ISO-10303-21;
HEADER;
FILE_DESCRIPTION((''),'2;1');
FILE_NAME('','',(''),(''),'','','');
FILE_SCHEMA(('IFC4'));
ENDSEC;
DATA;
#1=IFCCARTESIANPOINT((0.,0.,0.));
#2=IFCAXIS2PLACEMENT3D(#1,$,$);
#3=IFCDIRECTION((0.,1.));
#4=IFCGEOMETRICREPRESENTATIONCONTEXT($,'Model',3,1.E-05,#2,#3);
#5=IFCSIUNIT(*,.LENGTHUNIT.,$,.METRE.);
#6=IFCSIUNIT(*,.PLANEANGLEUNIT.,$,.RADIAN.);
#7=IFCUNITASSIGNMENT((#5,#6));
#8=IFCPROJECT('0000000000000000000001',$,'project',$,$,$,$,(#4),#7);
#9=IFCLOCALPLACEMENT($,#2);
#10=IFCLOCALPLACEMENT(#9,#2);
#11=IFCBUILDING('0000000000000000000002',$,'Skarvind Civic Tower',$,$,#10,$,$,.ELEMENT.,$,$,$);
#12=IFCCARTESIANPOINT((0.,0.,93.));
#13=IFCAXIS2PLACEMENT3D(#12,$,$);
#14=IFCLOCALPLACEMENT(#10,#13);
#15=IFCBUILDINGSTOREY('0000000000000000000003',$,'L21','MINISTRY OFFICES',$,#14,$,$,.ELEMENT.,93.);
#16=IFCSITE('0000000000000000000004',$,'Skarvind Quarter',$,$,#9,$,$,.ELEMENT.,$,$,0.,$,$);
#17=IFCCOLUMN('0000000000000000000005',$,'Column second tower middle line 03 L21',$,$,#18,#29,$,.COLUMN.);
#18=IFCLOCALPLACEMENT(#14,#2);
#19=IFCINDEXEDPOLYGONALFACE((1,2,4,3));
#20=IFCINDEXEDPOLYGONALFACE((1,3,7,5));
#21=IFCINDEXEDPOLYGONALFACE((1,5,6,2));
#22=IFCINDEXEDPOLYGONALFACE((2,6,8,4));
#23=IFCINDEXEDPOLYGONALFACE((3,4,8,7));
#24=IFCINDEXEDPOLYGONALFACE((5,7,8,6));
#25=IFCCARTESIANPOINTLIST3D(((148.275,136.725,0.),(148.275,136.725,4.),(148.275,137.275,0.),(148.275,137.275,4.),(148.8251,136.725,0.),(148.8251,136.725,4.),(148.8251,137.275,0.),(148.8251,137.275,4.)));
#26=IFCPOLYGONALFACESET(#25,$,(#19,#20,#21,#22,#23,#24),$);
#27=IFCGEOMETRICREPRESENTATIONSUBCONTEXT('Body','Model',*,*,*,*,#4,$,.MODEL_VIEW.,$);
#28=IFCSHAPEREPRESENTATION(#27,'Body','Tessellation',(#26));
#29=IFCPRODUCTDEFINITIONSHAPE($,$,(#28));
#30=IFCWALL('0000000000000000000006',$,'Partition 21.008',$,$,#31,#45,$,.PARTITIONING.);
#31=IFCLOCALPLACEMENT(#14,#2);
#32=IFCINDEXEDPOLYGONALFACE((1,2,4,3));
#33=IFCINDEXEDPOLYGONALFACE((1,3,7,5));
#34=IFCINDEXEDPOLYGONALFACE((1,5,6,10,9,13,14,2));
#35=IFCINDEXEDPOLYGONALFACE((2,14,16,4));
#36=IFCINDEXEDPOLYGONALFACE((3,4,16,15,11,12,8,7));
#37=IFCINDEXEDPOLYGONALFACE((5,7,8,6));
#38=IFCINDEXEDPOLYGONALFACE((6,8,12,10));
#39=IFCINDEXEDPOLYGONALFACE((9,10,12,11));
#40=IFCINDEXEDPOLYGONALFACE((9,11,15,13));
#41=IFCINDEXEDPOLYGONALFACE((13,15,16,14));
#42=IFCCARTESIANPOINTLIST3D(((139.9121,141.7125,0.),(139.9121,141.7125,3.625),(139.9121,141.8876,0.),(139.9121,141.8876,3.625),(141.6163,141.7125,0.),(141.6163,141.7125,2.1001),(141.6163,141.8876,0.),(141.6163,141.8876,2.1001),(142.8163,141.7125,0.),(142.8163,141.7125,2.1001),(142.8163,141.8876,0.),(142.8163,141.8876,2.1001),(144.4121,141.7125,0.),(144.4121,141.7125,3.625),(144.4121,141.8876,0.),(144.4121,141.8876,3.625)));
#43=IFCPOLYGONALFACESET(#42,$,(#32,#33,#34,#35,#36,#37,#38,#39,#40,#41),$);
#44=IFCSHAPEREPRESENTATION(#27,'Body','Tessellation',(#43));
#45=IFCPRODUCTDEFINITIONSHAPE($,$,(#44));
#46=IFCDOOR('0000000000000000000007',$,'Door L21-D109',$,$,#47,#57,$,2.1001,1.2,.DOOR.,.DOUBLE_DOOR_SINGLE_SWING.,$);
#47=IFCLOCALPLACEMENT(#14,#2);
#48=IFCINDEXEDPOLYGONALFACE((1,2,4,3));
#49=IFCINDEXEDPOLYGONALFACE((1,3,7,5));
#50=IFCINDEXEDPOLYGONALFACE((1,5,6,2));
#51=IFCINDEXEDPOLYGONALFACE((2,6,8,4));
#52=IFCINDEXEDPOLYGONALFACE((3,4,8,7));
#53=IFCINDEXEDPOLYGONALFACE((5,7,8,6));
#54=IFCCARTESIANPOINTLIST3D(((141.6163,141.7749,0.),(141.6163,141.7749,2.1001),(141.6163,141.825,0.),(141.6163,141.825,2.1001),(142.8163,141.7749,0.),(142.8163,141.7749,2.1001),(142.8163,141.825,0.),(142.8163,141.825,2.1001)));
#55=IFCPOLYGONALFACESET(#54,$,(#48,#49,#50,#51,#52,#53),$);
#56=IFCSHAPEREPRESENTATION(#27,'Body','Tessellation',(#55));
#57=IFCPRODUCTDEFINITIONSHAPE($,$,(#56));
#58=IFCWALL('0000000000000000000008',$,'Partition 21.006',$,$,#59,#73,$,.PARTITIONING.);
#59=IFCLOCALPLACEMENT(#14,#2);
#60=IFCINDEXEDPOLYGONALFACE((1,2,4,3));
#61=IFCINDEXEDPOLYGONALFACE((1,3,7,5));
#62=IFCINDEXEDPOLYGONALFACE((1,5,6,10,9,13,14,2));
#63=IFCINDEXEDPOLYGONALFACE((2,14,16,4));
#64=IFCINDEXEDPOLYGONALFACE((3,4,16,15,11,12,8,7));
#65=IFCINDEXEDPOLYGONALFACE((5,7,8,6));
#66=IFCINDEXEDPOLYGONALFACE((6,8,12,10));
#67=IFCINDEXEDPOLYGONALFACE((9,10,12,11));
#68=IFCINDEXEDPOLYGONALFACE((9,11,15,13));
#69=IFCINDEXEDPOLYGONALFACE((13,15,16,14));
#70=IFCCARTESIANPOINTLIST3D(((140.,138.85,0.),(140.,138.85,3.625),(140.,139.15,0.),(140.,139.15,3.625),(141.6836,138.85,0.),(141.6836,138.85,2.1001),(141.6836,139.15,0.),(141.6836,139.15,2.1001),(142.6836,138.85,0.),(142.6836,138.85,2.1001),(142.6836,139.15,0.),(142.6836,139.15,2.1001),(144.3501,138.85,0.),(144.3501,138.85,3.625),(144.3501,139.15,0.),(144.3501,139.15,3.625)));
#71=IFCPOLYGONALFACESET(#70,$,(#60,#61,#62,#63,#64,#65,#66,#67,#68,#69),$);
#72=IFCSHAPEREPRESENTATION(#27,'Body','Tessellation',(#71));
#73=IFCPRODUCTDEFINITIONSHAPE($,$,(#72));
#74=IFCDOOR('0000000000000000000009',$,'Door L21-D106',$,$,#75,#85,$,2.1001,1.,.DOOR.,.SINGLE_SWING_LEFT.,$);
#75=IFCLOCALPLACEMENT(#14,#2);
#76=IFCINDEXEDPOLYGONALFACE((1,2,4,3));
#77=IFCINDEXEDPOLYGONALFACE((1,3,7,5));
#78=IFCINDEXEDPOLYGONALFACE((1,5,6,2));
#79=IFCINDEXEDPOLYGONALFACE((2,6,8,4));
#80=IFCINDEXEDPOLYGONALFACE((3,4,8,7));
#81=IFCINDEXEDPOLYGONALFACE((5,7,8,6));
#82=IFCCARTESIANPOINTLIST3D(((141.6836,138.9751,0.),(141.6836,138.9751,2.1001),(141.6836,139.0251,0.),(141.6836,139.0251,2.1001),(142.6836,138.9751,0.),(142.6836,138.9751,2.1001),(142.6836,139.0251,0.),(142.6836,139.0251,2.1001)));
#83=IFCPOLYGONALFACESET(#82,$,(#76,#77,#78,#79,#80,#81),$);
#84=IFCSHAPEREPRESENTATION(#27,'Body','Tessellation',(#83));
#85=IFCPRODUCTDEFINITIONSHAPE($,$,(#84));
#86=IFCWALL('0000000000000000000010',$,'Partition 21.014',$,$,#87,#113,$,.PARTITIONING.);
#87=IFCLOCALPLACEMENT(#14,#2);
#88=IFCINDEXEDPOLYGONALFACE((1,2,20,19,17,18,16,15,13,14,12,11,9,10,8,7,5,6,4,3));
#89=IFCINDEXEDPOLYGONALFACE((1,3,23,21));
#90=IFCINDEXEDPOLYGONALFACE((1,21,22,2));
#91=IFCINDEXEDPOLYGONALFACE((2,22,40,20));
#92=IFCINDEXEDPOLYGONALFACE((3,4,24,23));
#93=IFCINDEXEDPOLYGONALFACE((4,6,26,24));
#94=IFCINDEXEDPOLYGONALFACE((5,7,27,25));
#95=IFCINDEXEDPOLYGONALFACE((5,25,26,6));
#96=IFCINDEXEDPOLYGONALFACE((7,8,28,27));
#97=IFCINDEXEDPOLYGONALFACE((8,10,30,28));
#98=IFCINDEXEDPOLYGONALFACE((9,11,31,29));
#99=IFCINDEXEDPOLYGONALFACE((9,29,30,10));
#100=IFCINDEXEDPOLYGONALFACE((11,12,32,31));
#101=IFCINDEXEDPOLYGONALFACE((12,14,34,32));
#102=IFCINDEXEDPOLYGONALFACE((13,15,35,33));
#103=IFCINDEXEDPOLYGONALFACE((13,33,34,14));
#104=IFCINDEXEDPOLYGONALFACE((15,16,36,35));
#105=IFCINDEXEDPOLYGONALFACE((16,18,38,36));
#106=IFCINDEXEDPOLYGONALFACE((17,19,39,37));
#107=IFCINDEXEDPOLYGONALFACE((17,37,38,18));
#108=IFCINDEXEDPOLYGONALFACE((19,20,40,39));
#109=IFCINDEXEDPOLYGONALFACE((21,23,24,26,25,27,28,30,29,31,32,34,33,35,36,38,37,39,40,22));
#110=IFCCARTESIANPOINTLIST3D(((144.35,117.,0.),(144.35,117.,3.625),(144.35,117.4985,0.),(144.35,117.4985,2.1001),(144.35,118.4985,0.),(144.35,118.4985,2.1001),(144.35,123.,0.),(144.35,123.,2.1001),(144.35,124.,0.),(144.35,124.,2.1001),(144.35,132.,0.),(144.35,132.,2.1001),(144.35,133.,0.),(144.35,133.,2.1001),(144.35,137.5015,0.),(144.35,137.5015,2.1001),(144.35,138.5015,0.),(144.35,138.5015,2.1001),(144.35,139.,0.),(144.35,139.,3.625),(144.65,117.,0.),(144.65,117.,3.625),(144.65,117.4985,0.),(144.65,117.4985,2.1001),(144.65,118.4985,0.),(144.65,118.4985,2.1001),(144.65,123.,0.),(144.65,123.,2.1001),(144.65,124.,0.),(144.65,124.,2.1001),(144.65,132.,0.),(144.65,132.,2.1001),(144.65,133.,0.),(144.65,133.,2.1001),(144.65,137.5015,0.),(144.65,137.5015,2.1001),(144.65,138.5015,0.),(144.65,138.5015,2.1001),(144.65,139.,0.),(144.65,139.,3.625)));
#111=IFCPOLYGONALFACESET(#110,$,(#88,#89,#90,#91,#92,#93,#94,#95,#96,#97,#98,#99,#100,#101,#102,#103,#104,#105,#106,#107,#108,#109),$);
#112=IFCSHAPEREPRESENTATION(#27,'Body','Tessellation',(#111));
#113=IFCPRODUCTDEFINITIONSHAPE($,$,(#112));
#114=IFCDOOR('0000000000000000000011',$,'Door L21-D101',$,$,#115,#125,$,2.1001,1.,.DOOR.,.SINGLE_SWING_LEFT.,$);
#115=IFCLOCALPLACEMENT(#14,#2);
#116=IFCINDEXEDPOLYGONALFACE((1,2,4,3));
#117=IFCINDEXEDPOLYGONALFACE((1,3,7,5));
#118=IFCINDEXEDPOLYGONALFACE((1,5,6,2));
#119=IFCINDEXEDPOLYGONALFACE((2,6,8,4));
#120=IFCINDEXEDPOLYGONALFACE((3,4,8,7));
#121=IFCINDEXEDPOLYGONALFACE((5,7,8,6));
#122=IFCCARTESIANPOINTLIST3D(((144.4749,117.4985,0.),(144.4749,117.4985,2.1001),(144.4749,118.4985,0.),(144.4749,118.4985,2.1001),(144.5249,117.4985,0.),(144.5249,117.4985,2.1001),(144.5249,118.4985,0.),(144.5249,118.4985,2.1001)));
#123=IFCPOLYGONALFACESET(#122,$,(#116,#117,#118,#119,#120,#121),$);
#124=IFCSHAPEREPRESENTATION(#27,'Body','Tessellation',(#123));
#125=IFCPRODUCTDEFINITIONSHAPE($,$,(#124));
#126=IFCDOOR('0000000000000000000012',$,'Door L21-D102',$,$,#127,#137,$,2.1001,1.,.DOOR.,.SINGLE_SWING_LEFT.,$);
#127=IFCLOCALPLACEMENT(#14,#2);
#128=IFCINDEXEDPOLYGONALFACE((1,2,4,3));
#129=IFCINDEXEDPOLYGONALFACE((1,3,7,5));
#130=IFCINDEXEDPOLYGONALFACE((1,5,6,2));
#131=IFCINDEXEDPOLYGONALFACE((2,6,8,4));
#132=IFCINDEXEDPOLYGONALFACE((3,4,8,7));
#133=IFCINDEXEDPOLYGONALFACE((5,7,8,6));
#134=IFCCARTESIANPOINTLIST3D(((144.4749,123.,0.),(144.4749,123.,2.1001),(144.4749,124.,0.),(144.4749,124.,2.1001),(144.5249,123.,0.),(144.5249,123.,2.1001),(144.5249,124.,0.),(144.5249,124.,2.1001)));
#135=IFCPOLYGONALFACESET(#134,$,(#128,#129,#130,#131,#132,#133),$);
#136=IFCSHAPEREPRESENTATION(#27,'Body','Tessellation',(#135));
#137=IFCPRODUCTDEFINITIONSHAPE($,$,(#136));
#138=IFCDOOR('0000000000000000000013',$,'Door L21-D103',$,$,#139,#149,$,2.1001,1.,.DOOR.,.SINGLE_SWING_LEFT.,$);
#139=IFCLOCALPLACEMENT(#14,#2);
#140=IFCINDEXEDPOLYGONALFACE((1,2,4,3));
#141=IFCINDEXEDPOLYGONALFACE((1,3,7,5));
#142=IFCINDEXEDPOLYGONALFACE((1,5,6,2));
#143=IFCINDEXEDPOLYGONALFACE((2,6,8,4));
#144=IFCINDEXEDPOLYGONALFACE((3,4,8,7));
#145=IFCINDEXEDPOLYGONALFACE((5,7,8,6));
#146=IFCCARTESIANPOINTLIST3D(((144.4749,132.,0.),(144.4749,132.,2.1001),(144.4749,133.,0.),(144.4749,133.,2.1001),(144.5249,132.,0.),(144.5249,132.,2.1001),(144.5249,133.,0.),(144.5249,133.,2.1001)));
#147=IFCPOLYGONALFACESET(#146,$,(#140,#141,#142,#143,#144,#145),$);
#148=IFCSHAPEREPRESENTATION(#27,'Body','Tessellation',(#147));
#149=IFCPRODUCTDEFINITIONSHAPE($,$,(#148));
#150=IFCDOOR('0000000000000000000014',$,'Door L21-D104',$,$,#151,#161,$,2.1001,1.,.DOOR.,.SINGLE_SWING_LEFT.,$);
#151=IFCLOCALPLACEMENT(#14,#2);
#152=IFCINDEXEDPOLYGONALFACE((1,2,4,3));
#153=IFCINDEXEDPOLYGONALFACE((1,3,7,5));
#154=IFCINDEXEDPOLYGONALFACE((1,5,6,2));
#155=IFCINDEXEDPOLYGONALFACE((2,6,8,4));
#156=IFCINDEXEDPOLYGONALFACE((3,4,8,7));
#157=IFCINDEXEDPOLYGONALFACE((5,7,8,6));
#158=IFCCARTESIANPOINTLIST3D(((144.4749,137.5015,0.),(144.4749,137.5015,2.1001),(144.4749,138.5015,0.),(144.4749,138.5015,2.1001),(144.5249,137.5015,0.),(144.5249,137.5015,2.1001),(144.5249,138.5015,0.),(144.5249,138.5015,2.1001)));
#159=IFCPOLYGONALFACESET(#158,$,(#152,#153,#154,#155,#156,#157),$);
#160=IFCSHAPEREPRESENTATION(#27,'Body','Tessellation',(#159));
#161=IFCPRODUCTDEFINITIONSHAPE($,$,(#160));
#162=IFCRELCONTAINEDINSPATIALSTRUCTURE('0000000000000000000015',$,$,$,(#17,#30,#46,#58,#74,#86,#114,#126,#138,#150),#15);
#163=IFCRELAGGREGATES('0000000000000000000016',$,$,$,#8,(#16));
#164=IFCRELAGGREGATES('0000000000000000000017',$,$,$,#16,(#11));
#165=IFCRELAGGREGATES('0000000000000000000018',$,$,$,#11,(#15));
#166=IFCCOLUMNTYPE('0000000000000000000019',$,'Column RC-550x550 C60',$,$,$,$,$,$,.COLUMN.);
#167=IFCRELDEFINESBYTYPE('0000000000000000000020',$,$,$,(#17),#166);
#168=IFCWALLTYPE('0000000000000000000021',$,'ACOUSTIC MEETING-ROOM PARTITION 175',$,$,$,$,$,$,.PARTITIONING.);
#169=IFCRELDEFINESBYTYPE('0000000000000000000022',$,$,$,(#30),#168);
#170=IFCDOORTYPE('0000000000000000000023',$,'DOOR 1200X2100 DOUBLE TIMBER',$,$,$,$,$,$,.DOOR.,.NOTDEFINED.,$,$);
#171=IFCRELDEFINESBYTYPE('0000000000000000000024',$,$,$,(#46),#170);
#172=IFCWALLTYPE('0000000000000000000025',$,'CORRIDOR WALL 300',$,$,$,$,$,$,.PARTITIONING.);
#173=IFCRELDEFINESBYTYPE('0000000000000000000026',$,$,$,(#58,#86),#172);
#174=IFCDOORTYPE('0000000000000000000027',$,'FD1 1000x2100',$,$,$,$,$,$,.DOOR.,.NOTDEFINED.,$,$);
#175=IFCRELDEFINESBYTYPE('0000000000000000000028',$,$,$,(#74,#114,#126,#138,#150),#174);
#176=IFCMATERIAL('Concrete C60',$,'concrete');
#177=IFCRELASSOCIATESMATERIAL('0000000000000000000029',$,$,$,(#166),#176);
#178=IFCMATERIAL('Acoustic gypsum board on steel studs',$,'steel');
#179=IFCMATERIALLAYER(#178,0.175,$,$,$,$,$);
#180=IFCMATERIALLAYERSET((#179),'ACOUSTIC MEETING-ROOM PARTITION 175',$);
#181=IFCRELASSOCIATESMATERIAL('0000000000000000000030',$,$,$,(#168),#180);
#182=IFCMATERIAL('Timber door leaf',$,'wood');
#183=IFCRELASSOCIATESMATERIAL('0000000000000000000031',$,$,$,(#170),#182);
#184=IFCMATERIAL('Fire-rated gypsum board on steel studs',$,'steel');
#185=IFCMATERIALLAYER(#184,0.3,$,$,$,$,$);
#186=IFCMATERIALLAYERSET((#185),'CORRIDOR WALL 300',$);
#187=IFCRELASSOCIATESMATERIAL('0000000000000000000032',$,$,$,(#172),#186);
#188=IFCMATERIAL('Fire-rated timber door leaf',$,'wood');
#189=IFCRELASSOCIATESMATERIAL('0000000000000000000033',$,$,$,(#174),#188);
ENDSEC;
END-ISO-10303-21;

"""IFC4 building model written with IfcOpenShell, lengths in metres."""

from ifc_helpers import new_model, si_unit, direction, frame, frame_2d, origin, origin_2d, place, context, subcontext, project, spatial, rectangle, extrude, material, layer, layer_set, material_profile, profile_set, type_object, element, fill, save


model = new_model("IFC4")

# Units and contexts
model_context = context("Model", 3, precision=1e-05, world=origin(), true_north=direction((0.0, 1.0)))
body_context = subcontext(model_context, "Body", "Model", "MODEL_VIEW")
ifc_project = project(units=[si_unit("LENGTHUNIT", "METRE"), si_unit("PLANEANGLEUNIT", "RADIAN")], contexts=[model_context])

# Site, building, storey
site_placement = place(None, origin())
site = spatial("IfcSite", under=ifc_project, at=site_placement, Name="Skarvind Quarter", CompositionType="ELEMENT", RefElevation=0.0)
building_placement = place(site_placement, origin())
building = spatial("IfcBuilding", under=site, at=building_placement, Name="Skarvind Civic Tower", CompositionType="ELEMENT")
storey_placement = place(building_placement, frame((0.0, 0.0, 93.0)))
storey = spatial("IfcBuildingStorey", under=building, at=storey_placement, Name="L21", Description="MINISTRY OFFICES", CompositionType="ELEMENT", Elevation=93.0)

# Column
ifc_material_1 = material(Name="Concrete C60", Category="concrete")
ifc_material_profile = material_profile(ifc_material_1, rectangle(XDim=0.55, YDim=0.55, at=origin_2d()), Name="RC-550x550")
ifc_profile_set = profile_set([ifc_material_profile], Name="Concrete C60")
column_type = type_object("IfcColumnType", Name="Column RC-550x550 C60", PredefinedType="COLUMN", material=ifc_profile_set)
column_placement = place(storey_placement, frame((148.55, 137.0, 0.0), z_axis=(0.0, 0.0, 1.0), x_axis=(1.0, 0.0, 0.0)))
element("IfcColumn", 1, at=column_placement, inside=storey, type_object=column_type, Name="Column second tower middle line 03 L21", PredefinedType="COLUMN", context=body_context, shape_type="SweptSolid", body=[
    extrude(rectangle(XDim=0.55, YDim=0.55, at=origin_2d()), origin(), (0.0, 0.0, 1.0), 4.0),
])

# Walls, openings, doors
ifc_material_2 = material(Name="Acoustic gypsum board on steel studs", Category="steel")
ifc_layer_1 = layer(ifc_material_2, 0.175)
ifc_layer_set_1 = layer_set([ifc_layer_1], Name="ACOUSTIC MEETING-ROOM PARTITION 175")
wall_type_1 = type_object("IfcWallType", Name="ACOUSTIC MEETING-ROOM PARTITION 175", PredefinedType="PARTITIONING", material=ifc_layer_set_1)
wall_1_placement = place(storey_placement, frame((139.9121, 141.8, 0.0), z_axis=(0.0, 0.0, 1.0), x_axis=(1.0, 0.0, 0.0)))
wall_1 = element("IfcWall", 2, at=wall_1_placement, inside=storey, type_object=wall_type_1, Name="Partition 21.008", PredefinedType="PARTITIONING", context=body_context, shape_type="SweptSolid", body=[
    extrude(rectangle(XDim=4.5, YDim=0.175, at=frame_2d((2.25, 0.0))), origin(), (0.0, 0.0, 1.0), 3.625),
])
opening_1_placement = place(wall_1_placement, frame((1.7041, 0.0, 0.0)))
opening_1 = element("IfcOpeningElement", 3, at=opening_1_placement, cuts=wall_1, PredefinedType="OPENING", context=body_context, shape_type="SweptSolid", body=[
    extrude(rectangle(XDim=1.2, YDim=2.1001, at=frame_2d((0.6001, 1.05))), frame((0.0, 0.0974, 0.0), z_axis=(0.0, -1.0, 0.0), x_axis=(1.0, 0.0, 0.0)), (0.0, 0.0, 1.0), 0.1951),
])
ifc_material_3 = material(Name="Timber door leaf", Category="wood")
door_type_1 = type_object("IfcDoorType", Name="DOOR 1200X2100 DOUBLE TIMBER", OperationType="NOTDEFINED", PredefinedType="DOOR", material=ifc_material_3)
door_1_placement = place(opening_1_placement, origin())
door_1 = element("IfcDoor", 4, at=door_1_placement, inside=storey, type_object=door_type_1, Name="Door L21-D109", OperationType="DOUBLE_DOOR_SINGLE_SWING", OverallHeight=2.1001, OverallWidth=1.2, PredefinedType="DOOR", context=body_context, shape_type="SweptSolid", body=[
    extrude(rectangle(XDim=1.2, YDim=2.1001, at=frame_2d((0.6001, 1.05))), frame((0.0, 0.0249, 0.0), z_axis=(0.0, -1.0, 0.0), x_axis=(1.0, 0.0, 0.0)), (0.0, 0.0, 1.0), 0.05),
])
fill(opening_1, door_1)
ifc_material_4 = material(Name="Fire-rated gypsum board on steel studs", Category="steel")
ifc_layer_2 = layer(ifc_material_4, 0.3)
ifc_layer_set_2 = layer_set([ifc_layer_2], Name="CORRIDOR WALL 300")
wall_type_2 = type_object("IfcWallType", Name="CORRIDOR WALL 300", PredefinedType="PARTITIONING", material=ifc_layer_set_2)
wall_2_placement = place(storey_placement, frame((144.3501, 139.0, 0.0), z_axis=(0.0, 0.0, 1.0), x_axis=(-1.0, 0.0, 0.0)))
wall_2 = element("IfcWall", 5, at=wall_2_placement, inside=storey, type_object=wall_type_2, Name="Partition 21.006", PredefinedType="PARTITIONING", context=body_context, shape_type="SweptSolid", body=[
    extrude(rectangle(XDim=4.3501, YDim=0.3, at=frame_2d((2.175, 0.0))), origin(), (0.0, 0.0, 1.0), 3.625),
])
opening_2_placement = place(wall_2_placement, frame((1.6665, 0.0, 0.0)))
opening_2 = element("IfcOpeningElement", 6, at=opening_2_placement, cuts=wall_2, PredefinedType="OPENING", context=body_context, shape_type="SweptSolid", body=[
    extrude(rectangle(XDim=1.0, YDim=2.1001, at=frame_2d((0.5, 1.05))), frame((0.0, 0.1599, 0.0), z_axis=(0.0, -1.0, 0.0), x_axis=(1.0, 0.0, 0.0)), (0.0, 0.0, 1.0), 0.3201),
])
ifc_material_5 = material(Name="Fire-rated timber door leaf", Category="wood")
door_type_2 = type_object("IfcDoorType", Name="FD1 1000x2100", OperationType="NOTDEFINED", PredefinedType="DOOR", material=ifc_material_5)
door_2_placement = place(opening_2_placement, origin())
door_2 = element("IfcDoor", 7, at=door_2_placement, inside=storey, type_object=door_type_2, Name="Door L21-D106", OperationType="SINGLE_SWING_LEFT", OverallHeight=2.1001, OverallWidth=1.0, PredefinedType="DOOR", context=body_context, shape_type="SweptSolid", body=[
    extrude(rectangle(XDim=1.0, YDim=2.1001, at=frame_2d((0.5, 1.05))), frame((0.0, 0.0249, 0.0), z_axis=(0.0, -1.0, 0.0), x_axis=(1.0, 0.0, 0.0)), (0.0, 0.0, 1.0), 0.05),
])
fill(opening_2, door_2)

# Wall, openings, doors
wall_3_placement = place(storey_placement, frame((144.5, 139.0, 0.0), z_axis=(0.0, 0.0, 1.0), x_axis=(0.0, -1.0, 0.0)))
wall_3 = element("IfcWall", 8, at=wall_3_placement, inside=storey, type_object=wall_type_2, Name="Partition 21.014", PredefinedType="PARTITIONING", context=body_context, shape_type="SweptSolid", body=[
    extrude(rectangle(XDim=22.0, YDim=0.3, at=frame_2d((11.0, 0.0))), origin(), (0.0, 0.0, 1.0), 3.625),
])
opening_3_placement = place(wall_3_placement, frame((20.5015, 0.0, 0.0)))
opening_3 = element("IfcOpeningElement", 9, at=opening_3_placement, cuts=wall_3, PredefinedType="OPENING", context=body_context, shape_type="SweptSolid", body=[
    extrude(rectangle(XDim=1.0, YDim=2.1001, at=frame_2d((0.5, 1.05))), frame((0.0, 0.1599, 0.0), z_axis=(0.0, -1.0, 0.0), x_axis=(1.0, 0.0, 0.0)), (0.0, 0.0, 1.0), 0.3201),
])
opening_4_placement = place(wall_3_placement, frame((15.0, 0.0, 0.0)))
opening_4 = element("IfcOpeningElement", 10, at=opening_4_placement, cuts=wall_3, PredefinedType="OPENING", context=body_context, shape_type="SweptSolid", body=[
    extrude(rectangle(XDim=1.0, YDim=2.1001, at=frame_2d((0.5, 1.05))), frame((0.0, 0.1599, 0.0), z_axis=(0.0, -1.0, 0.0), x_axis=(1.0, 0.0, 0.0)), (0.0, 0.0, 1.0), 0.3201),
])
opening_5_placement = place(wall_3_placement, frame((6.0, 0.0, 0.0)))
opening_5 = element("IfcOpeningElement", 11, at=opening_5_placement, cuts=wall_3, PredefinedType="OPENING", context=body_context, shape_type="SweptSolid", body=[
    extrude(rectangle(XDim=1.0, YDim=2.1001, at=frame_2d((0.5, 1.05))), frame((0.0, 0.1599, 0.0), z_axis=(0.0, -1.0, 0.0), x_axis=(1.0, 0.0, 0.0)), (0.0, 0.0, 1.0), 0.3201),
])
opening_6_placement = place(wall_3_placement, frame((0.4985, 0.0, 0.0)))
opening_6 = element("IfcOpeningElement", 12, at=opening_6_placement, cuts=wall_3, PredefinedType="OPENING", context=body_context, shape_type="SweptSolid", body=[
    extrude(rectangle(XDim=1.0, YDim=2.1001, at=frame_2d((0.5, 1.05))), frame((0.0, 0.1599, 0.0), z_axis=(0.0, -1.0, 0.0), x_axis=(1.0, 0.0, 0.0)), (0.0, 0.0, 1.0), 0.3201),
])
door_3_placement = place(opening_3_placement, origin())
door_3 = element("IfcDoor", 13, at=door_3_placement, inside=storey, type_object=door_type_2, Name="Door L21-D101", OperationType="SINGLE_SWING_LEFT", OverallHeight=2.1001, OverallWidth=1.0, PredefinedType="DOOR", context=body_context, shape_type="SweptSolid", body=[
    extrude(rectangle(XDim=1.0, YDim=2.1001, at=frame_2d((0.5, 1.05))), frame((0.0, 0.0249, 0.0), z_axis=(0.0, -1.0, 0.0), x_axis=(1.0, 0.0, 0.0)), (0.0, 0.0, 1.0), 0.05),
])
fill(opening_3, door_3)
door_4_placement = place(opening_4_placement, origin())
door_4 = element("IfcDoor", 14, at=door_4_placement, inside=storey, type_object=door_type_2, Name="Door L21-D102", OperationType="SINGLE_SWING_LEFT", OverallHeight=2.1001, OverallWidth=1.0, PredefinedType="DOOR", context=body_context, shape_type="SweptSolid", body=[
    extrude(rectangle(XDim=1.0, YDim=2.1001, at=frame_2d((0.5, 1.05))), frame((0.0, 0.0249, 0.0), z_axis=(0.0, -1.0, 0.0), x_axis=(1.0, 0.0, 0.0)), (0.0, 0.0, 1.0), 0.05),
])
fill(opening_4, door_4)
door_5_placement = place(opening_5_placement, origin())
door_5 = element("IfcDoor", 15, at=door_5_placement, inside=storey, type_object=door_type_2, Name="Door L21-D103", OperationType="SINGLE_SWING_LEFT", OverallHeight=2.1001, OverallWidth=1.0, PredefinedType="DOOR", context=body_context, shape_type="SweptSolid", body=[
    extrude(rectangle(XDim=1.0, YDim=2.1001, at=frame_2d((0.5, 1.05))), frame((0.0, 0.0249, 0.0), z_axis=(0.0, -1.0, 0.0), x_axis=(1.0, 0.0, 0.0)), (0.0, 0.0, 1.0), 0.05),
])
fill(opening_5, door_5)
door_6_placement = place(opening_6_placement, origin())
door_6 = element("IfcDoor", 16, at=door_6_placement, inside=storey, type_object=door_type_2, Name="Door L21-D104", OperationType="SINGLE_SWING_LEFT", OverallHeight=2.1001, OverallWidth=1.0, PredefinedType="DOOR", context=body_context, shape_type="SweptSolid", body=[
    extrude(rectangle(XDim=1.0, YDim=2.1001, at=frame_2d((0.5, 1.05))), frame((0.0, 0.0249, 0.0), z_axis=(0.0, -1.0, 0.0), x_axis=(1.0, 0.0, 0.0)), (0.0, 0.0, 1.0), 0.05),
])
fill(opening_6, door_6)

save(model, "model.ifc")
